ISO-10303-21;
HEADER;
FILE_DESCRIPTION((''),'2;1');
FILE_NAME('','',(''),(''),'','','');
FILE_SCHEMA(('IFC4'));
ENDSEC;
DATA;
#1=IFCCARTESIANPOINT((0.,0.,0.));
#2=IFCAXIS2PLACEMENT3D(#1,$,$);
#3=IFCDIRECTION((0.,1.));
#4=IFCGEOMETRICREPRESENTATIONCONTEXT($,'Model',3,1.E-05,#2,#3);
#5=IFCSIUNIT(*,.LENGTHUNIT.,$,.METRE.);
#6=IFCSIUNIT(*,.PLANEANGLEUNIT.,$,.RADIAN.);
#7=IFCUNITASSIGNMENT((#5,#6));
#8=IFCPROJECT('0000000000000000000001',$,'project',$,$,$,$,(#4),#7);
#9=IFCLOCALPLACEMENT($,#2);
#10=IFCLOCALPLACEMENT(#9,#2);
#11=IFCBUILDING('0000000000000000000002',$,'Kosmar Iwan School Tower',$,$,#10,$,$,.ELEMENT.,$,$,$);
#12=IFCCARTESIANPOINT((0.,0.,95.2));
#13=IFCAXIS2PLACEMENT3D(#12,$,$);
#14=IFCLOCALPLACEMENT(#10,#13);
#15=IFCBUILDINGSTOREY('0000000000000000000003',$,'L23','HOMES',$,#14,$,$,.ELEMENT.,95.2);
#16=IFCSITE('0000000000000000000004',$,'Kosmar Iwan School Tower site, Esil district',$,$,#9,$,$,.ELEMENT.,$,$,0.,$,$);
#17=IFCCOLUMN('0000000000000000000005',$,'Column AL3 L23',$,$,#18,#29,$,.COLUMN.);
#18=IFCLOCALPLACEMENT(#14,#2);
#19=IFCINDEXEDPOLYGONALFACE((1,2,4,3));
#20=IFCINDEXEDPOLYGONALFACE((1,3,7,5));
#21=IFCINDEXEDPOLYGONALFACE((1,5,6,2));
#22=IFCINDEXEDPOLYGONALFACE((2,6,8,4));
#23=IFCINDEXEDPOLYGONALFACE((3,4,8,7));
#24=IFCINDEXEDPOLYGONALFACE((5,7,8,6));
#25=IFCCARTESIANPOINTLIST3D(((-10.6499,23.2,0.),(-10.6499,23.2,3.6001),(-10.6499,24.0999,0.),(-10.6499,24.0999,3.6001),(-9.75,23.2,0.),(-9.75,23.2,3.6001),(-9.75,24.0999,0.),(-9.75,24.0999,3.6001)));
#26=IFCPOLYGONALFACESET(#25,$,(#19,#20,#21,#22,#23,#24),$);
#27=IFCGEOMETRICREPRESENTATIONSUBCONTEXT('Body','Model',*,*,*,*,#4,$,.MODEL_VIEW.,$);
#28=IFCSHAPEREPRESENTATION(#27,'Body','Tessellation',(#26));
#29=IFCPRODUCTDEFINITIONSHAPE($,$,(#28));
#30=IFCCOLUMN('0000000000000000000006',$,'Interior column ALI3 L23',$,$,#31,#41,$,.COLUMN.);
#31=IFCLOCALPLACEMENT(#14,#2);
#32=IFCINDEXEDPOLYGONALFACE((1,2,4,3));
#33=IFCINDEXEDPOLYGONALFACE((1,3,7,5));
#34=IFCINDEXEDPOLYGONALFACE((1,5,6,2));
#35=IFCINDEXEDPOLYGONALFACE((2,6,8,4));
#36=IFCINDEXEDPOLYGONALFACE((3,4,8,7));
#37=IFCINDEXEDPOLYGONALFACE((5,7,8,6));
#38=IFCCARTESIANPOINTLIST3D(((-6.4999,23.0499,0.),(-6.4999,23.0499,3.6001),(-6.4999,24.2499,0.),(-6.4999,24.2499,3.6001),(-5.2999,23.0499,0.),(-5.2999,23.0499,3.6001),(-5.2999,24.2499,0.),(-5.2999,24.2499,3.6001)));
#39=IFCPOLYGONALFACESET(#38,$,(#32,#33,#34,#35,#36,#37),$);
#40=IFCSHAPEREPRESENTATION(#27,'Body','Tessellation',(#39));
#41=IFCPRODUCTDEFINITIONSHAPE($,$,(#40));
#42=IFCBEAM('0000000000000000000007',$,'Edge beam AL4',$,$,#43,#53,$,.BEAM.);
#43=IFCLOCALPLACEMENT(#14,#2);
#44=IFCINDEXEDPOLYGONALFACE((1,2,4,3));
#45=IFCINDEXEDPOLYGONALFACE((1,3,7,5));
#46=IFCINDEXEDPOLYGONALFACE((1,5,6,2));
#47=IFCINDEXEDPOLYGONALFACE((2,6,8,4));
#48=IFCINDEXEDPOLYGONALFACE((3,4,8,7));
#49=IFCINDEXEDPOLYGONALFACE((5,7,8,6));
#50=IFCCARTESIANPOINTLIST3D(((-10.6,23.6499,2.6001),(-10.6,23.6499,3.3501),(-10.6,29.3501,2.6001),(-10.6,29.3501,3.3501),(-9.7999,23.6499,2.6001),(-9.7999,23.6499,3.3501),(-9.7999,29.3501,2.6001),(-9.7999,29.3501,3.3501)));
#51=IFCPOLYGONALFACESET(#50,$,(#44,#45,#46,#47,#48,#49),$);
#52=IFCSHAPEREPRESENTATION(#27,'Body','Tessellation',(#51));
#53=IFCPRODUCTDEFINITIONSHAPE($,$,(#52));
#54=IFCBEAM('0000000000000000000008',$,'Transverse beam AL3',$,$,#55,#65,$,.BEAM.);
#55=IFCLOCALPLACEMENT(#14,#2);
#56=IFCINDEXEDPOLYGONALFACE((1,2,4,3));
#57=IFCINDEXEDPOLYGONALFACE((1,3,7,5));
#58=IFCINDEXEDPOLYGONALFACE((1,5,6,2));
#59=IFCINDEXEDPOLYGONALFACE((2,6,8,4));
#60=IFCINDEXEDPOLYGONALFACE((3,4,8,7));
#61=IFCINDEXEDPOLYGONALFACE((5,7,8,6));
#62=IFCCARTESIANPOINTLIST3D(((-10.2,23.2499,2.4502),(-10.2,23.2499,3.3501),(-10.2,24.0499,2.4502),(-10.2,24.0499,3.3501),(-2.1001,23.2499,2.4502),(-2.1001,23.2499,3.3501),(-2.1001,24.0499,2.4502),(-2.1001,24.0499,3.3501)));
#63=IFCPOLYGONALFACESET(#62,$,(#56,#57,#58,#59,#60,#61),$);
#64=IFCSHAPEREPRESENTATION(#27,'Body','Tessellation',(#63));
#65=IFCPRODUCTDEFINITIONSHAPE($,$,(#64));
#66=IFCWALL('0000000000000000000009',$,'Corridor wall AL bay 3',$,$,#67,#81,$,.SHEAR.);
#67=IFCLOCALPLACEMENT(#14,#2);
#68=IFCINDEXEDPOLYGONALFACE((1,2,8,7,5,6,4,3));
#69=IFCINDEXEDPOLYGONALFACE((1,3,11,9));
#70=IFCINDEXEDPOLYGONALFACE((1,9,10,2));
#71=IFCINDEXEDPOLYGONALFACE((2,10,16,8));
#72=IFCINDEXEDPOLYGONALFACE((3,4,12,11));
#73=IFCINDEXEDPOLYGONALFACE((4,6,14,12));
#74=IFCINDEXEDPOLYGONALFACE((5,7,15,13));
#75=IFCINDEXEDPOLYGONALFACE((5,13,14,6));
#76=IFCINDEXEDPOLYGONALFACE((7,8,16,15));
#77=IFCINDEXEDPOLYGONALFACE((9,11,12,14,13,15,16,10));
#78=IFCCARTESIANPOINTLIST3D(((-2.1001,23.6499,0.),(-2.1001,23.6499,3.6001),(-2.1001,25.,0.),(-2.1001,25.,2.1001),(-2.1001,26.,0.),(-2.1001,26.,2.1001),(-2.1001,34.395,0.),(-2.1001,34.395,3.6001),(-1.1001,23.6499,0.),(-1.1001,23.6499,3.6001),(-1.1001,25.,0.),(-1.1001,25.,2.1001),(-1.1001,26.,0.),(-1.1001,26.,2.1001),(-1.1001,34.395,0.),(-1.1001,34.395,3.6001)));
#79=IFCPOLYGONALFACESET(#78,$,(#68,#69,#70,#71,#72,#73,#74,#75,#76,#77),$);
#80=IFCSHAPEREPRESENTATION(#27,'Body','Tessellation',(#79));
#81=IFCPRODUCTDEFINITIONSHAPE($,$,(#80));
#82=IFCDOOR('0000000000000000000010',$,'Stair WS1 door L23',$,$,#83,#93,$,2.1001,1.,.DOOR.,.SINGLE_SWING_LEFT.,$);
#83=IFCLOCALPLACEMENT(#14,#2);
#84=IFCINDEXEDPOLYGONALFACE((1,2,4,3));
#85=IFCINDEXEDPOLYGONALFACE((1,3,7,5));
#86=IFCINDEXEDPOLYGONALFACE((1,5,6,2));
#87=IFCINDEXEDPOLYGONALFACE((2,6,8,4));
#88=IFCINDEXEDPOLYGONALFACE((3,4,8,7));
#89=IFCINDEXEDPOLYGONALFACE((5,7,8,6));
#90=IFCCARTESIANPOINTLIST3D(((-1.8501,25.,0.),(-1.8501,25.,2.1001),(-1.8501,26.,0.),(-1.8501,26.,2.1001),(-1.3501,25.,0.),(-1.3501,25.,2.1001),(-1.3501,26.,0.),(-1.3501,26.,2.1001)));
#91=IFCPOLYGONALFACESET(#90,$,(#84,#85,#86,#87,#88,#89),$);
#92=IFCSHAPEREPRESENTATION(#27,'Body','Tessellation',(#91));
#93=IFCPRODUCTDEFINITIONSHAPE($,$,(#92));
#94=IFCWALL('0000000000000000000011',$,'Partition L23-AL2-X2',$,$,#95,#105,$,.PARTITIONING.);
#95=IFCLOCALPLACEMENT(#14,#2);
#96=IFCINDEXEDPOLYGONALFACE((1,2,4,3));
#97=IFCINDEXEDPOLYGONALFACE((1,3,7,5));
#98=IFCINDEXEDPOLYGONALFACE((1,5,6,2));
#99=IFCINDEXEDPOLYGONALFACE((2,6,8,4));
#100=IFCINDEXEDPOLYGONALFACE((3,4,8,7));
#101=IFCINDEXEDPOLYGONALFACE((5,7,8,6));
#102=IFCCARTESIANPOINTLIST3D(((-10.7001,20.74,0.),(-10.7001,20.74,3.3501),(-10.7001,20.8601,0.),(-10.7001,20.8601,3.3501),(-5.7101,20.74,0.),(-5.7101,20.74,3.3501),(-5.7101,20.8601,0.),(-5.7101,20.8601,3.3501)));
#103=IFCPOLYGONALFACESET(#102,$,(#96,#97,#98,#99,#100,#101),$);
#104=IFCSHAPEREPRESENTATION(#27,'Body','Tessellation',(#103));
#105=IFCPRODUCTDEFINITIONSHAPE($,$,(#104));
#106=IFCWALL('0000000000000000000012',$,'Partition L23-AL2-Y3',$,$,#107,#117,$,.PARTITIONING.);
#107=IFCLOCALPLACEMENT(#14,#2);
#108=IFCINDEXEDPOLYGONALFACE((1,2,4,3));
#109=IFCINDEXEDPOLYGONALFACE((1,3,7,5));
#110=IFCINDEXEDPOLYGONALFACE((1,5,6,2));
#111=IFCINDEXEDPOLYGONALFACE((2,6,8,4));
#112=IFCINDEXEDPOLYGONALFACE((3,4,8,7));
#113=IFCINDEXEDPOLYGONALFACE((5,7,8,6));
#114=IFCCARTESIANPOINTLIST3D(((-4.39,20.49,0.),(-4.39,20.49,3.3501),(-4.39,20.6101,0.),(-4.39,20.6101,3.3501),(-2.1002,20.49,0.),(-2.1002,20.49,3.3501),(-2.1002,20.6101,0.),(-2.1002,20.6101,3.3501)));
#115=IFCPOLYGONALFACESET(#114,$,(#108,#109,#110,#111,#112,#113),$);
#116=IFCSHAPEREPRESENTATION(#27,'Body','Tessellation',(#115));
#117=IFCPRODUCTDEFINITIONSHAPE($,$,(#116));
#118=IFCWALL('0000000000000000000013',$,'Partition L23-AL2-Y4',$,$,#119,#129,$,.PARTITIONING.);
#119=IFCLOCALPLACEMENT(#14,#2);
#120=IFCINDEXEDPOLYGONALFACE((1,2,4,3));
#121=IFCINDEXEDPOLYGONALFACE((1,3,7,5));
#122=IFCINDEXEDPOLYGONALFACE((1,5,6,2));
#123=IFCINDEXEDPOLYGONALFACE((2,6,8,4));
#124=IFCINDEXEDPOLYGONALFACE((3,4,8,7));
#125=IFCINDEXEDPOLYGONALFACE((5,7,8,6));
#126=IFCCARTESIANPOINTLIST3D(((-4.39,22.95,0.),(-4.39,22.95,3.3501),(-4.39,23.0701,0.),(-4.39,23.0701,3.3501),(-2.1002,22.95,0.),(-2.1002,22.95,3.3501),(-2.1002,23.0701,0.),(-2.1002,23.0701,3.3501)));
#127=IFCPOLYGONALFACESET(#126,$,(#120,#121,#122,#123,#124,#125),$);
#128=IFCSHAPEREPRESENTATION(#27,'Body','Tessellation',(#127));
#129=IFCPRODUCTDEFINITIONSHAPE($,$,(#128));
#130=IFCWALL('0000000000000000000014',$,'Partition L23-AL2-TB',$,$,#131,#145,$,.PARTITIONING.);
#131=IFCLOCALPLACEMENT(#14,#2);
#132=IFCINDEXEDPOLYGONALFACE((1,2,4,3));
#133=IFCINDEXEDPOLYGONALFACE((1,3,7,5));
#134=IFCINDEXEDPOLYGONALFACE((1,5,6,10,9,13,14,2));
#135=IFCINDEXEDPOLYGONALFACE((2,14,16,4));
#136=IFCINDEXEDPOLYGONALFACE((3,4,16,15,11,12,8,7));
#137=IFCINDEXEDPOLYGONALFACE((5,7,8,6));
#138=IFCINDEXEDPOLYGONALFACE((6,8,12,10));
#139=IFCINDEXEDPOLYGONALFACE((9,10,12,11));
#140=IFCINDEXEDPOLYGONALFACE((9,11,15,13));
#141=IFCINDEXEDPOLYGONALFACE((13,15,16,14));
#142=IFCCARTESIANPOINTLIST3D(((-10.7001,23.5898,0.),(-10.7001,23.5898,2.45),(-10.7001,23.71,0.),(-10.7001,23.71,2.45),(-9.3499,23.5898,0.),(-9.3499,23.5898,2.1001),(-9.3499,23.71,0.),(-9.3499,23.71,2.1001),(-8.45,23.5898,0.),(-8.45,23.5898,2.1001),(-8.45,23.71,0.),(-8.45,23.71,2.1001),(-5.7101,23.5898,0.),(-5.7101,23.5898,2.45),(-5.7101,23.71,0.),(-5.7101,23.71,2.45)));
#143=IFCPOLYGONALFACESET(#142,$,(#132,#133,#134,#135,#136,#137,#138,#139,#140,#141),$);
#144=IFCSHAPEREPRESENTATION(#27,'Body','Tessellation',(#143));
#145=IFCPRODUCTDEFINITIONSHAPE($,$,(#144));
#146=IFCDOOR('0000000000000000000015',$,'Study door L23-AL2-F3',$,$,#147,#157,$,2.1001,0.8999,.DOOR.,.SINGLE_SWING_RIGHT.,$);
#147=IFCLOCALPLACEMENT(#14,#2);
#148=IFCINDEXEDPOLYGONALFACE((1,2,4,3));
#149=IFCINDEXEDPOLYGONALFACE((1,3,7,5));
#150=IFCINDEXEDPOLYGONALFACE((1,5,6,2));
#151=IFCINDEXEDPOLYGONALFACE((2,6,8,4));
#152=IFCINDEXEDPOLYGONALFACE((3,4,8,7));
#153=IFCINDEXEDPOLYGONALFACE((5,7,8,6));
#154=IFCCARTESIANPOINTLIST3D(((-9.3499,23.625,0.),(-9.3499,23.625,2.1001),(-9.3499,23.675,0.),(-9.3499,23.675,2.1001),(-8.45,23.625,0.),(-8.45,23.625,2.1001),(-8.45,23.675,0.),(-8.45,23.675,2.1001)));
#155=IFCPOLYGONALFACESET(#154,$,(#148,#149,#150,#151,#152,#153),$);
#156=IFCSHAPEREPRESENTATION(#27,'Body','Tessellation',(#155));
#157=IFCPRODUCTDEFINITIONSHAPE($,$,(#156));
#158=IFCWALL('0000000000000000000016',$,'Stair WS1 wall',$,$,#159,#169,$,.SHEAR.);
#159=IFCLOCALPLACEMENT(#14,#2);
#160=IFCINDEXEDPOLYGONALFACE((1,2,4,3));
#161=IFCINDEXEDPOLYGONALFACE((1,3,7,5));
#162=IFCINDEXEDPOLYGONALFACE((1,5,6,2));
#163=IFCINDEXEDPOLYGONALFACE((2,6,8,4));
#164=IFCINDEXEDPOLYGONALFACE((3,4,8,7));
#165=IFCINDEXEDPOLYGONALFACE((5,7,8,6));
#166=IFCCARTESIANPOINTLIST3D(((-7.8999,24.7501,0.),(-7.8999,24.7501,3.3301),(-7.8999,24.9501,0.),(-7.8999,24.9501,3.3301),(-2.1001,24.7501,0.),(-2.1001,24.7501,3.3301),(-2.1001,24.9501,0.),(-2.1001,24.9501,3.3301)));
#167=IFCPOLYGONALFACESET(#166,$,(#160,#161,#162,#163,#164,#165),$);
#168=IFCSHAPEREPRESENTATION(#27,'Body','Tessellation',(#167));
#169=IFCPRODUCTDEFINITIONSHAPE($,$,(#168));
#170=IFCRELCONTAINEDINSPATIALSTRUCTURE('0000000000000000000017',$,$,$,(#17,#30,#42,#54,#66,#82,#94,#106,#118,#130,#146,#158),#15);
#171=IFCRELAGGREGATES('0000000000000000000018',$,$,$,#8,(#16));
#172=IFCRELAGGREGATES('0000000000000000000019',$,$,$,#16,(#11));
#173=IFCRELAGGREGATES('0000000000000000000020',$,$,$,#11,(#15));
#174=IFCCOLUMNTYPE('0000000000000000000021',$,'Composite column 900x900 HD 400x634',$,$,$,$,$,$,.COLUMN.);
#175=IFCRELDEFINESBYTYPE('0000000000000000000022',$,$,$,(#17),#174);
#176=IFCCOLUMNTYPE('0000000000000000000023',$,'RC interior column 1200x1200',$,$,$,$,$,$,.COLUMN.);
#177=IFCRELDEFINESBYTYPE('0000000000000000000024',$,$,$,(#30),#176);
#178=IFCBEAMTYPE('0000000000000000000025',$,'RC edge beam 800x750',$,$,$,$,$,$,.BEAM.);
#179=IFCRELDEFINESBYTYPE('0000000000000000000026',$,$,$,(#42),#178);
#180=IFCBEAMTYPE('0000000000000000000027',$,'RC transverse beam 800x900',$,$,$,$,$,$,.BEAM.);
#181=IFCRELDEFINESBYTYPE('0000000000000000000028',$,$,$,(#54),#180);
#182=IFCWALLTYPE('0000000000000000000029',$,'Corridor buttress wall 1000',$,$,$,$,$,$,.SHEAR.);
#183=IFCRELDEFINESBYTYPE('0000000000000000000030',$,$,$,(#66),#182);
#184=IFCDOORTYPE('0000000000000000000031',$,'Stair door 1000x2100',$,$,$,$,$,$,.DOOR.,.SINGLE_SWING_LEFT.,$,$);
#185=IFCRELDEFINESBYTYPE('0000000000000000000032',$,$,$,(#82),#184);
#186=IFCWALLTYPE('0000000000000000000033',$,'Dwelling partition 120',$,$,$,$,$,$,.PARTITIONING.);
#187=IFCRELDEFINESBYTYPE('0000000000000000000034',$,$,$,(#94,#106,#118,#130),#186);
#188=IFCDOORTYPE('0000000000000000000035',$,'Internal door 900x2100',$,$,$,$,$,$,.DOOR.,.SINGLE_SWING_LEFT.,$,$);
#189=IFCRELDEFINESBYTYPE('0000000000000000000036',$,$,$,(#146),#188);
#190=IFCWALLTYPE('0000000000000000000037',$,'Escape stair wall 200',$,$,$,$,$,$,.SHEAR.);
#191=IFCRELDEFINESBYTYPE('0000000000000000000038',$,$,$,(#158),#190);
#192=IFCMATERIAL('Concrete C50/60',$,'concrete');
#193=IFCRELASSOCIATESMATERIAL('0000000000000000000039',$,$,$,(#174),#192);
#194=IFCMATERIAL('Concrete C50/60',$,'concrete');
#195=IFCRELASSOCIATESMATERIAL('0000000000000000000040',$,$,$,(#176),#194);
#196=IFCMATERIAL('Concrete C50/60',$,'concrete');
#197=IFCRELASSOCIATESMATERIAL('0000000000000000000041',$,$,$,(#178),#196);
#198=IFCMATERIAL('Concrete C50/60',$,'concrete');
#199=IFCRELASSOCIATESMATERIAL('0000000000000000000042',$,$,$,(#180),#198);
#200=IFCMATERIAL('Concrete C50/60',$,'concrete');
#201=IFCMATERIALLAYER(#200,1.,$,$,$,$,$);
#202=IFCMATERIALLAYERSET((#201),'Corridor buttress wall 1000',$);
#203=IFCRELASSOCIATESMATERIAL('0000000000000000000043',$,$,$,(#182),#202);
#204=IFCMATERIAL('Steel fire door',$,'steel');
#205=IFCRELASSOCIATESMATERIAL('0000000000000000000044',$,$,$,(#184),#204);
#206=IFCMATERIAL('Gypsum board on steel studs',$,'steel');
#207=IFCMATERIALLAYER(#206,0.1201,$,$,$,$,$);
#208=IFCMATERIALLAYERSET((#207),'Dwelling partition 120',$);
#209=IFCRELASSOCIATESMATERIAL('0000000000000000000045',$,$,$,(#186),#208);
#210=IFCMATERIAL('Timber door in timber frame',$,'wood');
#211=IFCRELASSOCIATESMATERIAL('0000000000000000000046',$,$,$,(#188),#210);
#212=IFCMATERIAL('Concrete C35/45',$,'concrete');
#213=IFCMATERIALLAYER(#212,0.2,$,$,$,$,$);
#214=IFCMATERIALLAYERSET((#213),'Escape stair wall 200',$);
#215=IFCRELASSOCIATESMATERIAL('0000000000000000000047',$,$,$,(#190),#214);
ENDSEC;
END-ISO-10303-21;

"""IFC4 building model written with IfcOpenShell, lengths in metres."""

from ifc_helpers import new_model, si_unit, direction, frame, frame_2d, origin, origin_2d, place, context, subcontext, project, spatial, rectangle, extrude, material, layer, layer_set, material_profile, profile_set, type_object, element, fill, save


model = new_model("IFC4")

# Units and contexts
model_context = context("Model", 3, precision=1e-05, world=origin(), true_north=direction((0.0, 1.0)))
body_context = subcontext(model_context, "Body", "Model", "MODEL_VIEW")
ifc_project = project(units=[si_unit("LENGTHUNIT", "METRE"), si_unit("PLANEANGLEUNIT", "RADIAN")], contexts=[model_context])

# Site, building, storey
site_placement = place(None, origin())
site = spatial("IfcSite", under=ifc_project, at=site_placement, Name="Kosmar Iwan School Tower site, Esil district", CompositionType="ELEMENT", RefElevation=0.0)
building_placement = place(site_placement, origin())
building = spatial("IfcBuilding", under=site, at=building_placement, Name="Kosmar Iwan School Tower", CompositionType="ELEMENT")
storey_placement = place(building_placement, frame((0.0, 0.0, 95.2)))
storey = spatial("IfcBuildingStorey", under=building, at=storey_placement, Name="L23", Description="HOMES", CompositionType="ELEMENT", Elevation=95.2)

# Columns
ifc_material_1 = material(Name="Concrete C50/60", Category="concrete")
ifc_material_profile_1 = material_profile(ifc_material_1, rectangle(XDim=0.8999, YDim=0.8999, at=origin_2d()), Name="RC 900x900 + HD 400x634")
ifc_profile_set_1 = profile_set([ifc_material_profile_1], Name="Concrete C50/60")
column_type_1 = type_object("IfcColumnType", Name="Composite column 900x900 HD 400x634", PredefinedType="COLUMN", material=ifc_profile_set_1)
column_1_placement = place(storey_placement, frame((-10.2, 23.6499, 0.0), z_axis=(0.0, 0.0, 1.0), x_axis=(0.0, 1.0, 0.0)))
element("IfcColumn", 1, at=column_1_placement, inside=storey, type_object=column_type_1, Name="Column AL3 L23", PredefinedType="COLUMN", context=body_context, shape_type="SweptSolid", body=[
    extrude(rectangle(XDim=0.8999, YDim=0.8999, at=origin_2d()), origin(), (0.0, 0.0, 1.0), 3.6001),
])
ifc_material_2 = material(Name="Concrete C50/60", Category="concrete")
ifc_material_profile_2 = material_profile(ifc_material_2, rectangle(XDim=1.2, YDim=1.2, at=origin_2d()), Name="RC 1200x1200")
ifc_profile_set_2 = profile_set([ifc_material_profile_2], Name="Concrete C50/60")
column_type_2 = type_object("IfcColumnType", Name="RC interior column 1200x1200", PredefinedType="COLUMN", material=ifc_profile_set_2)
column_2_placement = place(storey_placement, frame((-5.8999, 23.6499, 0.0), z_axis=(0.0, 0.0, 1.0), x_axis=(0.0, 1.0, 0.0)))
element("IfcColumn", 2, at=column_2_placement, inside=storey, type_object=column_type_2, Name="Interior column ALI3 L23", PredefinedType="COLUMN", context=body_context, shape_type="SweptSolid", body=[
    extrude(rectangle(XDim=1.2, YDim=1.2, at=origin_2d()), origin(), (0.0, 0.0, 1.0), 3.6001),
])

# Beams
ifc_material_3 = material(Name="Concrete C50/60", Category="concrete")
ifc_material_profile_3 = material_profile(ifc_material_3, rectangle(XDim=0.8, YDim=0.75, at=origin_2d()), Name="RC 800x750")
ifc_profile_set_3 = profile_set([ifc_material_profile_3], Name="Concrete C50/60")
beam_type_1 = type_object("IfcBeamType", Name="RC edge beam 800x750", PredefinedType="BEAM", material=ifc_profile_set_3)
beam_1_placement = place(storey_placement, frame((-10.2, 23.6499, 2.9751), z_axis=(0.0, 1.0, 0.0), x_axis=(-1.0, 0.0, 0.0)))
element("IfcBeam", 3, at=beam_1_placement, inside=storey, type_object=beam_type_1, Name="Edge beam AL4", PredefinedType="BEAM", context=body_context, shape_type="SweptSolid", body=[
    extrude(rectangle(XDim=0.8, YDim=0.75, at=origin_2d()), origin(), (0.0, 0.0, 1.0), 5.7002),
])
ifc_material_4 = material(Name="Concrete C50/60", Category="concrete")
ifc_material_profile_4 = material_profile(ifc_material_4, rectangle(XDim=0.8, YDim=0.8999, at=origin_2d()), Name="RC 800x900")
ifc_profile_set_4 = profile_set([ifc_material_profile_4], Name="Concrete C50/60")
beam_type_2 = type_object("IfcBeamType", Name="RC transverse beam 800x900", PredefinedType="BEAM", material=ifc_profile_set_4)
beam_2_placement = place(storey_placement, frame((-10.2, 23.6499, 2.9001), z_axis=(1.0, 0.0, 0.0), x_axis=(0.0, 1.0, 0.0)))
element("IfcBeam", 4, at=beam_2_placement, inside=storey, type_object=beam_type_2, Name="Transverse beam AL3", PredefinedType="BEAM", context=body_context, shape_type="SweptSolid", body=[
    extrude(rectangle(XDim=0.8, YDim=0.8999, at=origin_2d()), origin(), (0.0, 0.0, 1.0), 8.0999),
])

# Wall, opening, door
ifc_material_5 = material(Name="Concrete C50/60", Category="concrete")
ifc_layer_1 = layer(ifc_material_5, 1.0)
ifc_layer_set_1 = layer_set([ifc_layer_1], Name="Corridor buttress wall 1000")
wall_type_1 = type_object("IfcWallType", Name="Corridor buttress wall 1000", PredefinedType="SHEAR", material=ifc_layer_set_1)
wall_1_placement = place(storey_placement, frame((-1.6001, 23.6499, 0.0), z_axis=(0.0, 0.0, 1.0), x_axis=(0.0, 1.0, 0.0)))
wall_1 = element("IfcWall", 5, at=wall_1_placement, inside=storey, type_object=wall_type_1, Name="Corridor wall AL bay 3", PredefinedType="SHEAR", context=body_context, shape_type="SweptSolid", body=[
    extrude(rectangle(XDim=10.7451, YDim=1.0, at=frame_2d((5.3726, 0.0))), origin(), (0.0, 0.0, 1.0), 3.6001),
])
opening_1_placement = place(wall_1_placement, frame((1.3501, 0.0, 0.0)))
opening_1 = element("IfcOpeningElement", 6, at=opening_1_placement, cuts=wall_1, PredefinedType="OPENING", context=body_context, shape_type="SweptSolid", body=[
    extrude(rectangle(XDim=1.0, YDim=2.1001, at=frame_2d((0.5, 1.05))), frame((0.0, 0.512, 0.0), z_axis=(0.0, -1.0, 0.0), x_axis=(1.0, 0.0, 0.0)), (0.0, 0.0, 1.0), 1.0239),
])
ifc_material_6 = material(Name="Steel fire door", Category="steel")
door_type_1 = type_object("IfcDoorType", Name="Stair door 1000x2100", OperationType="SINGLE_SWING_LEFT", PredefinedType="DOOR", material=ifc_material_6)
door_1_placement = place(opening_1_placement, origin())
door_1 = element("IfcDoor", 7, at=door_1_placement, inside=storey, type_object=door_type_1, Name="Stair WS1 door L23", OperationType="SINGLE_SWING_LEFT", OverallHeight=2.1001, OverallWidth=1.0, PredefinedType="DOOR", context=body_context, shape_type="SweptSolid", body=[
    extrude(rectangle(XDim=1.0, YDim=2.1001, at=frame_2d((0.5, 1.05))), frame((0.0, 0.25, 0.0), z_axis=(0.0, -1.0, 0.0), x_axis=(1.0, 0.0, 0.0)), (0.0, 0.0, 1.0), 0.5),
])
fill(opening_1, door_1)

# Walls
ifc_material_7 = material(Name="Gypsum board on steel studs", Category="steel")
ifc_layer_2 = layer(ifc_material_7, 0.1201)
ifc_layer_set_2 = layer_set([ifc_layer_2], Name="Dwelling partition 120")
wall_type_2 = type_object("IfcWallType", Name="Dwelling partition 120", PredefinedType="PARTITIONING", material=ifc_layer_set_2)
wall_2_placement = place(storey_placement, frame((-5.71, 20.8, 0.0), z_axis=(0.0, 0.0, 1.0), x_axis=(-1.0, 0.0, 0.0)))
element("IfcWall", 8, at=wall_2_placement, inside=storey, type_object=wall_type_2, Name="Partition L23-AL2-X2", PredefinedType="PARTITIONING", context=body_context, shape_type="SweptSolid", body=[
    extrude(rectangle(XDim=4.99, YDim=0.1201, at=frame_2d((2.4951, 0.0))), origin(), (0.0, 0.0, 1.0), 3.3501),
])
for number, where, z_axis, x_axis, name in (
    (9, (-2.1001, 20.55, 0.0), (0.0, 0.0, 1.0), (-1.0, 0.0, 0.0), "Partition L23-AL2-Y3"),
    (10, (-2.1001, 23.01, 0.0), (0.0, 0.0, 1.0), (-1.0, 0.0, 0.0), "Partition L23-AL2-Y4"),
):
    element("IfcWall", number, at=place(storey_placement, frame(where, z_axis=z_axis, x_axis=x_axis)), inside=storey, type_object=wall_type_2, Name=name, PredefinedType="PARTITIONING", context=body_context, shape_type="SweptSolid", body=[
        extrude(rectangle(XDim=2.2898, YDim=0.1201, at=frame_2d((1.145, 0.0))), origin(), (0.0, 0.0, 1.0), 3.3501),
    ])

# Wall, opening, door
wall_3_placement = place(storey_placement, frame((-5.71, 23.6499, 0.0), z_axis=(0.0, 0.0, 1.0), x_axis=(-1.0, 0.0, 0.0)))
wall_3 = element("IfcWall", 11, at=wall_3_placement, inside=storey, type_object=wall_type_2, Name="Partition L23-AL2-TB", PredefinedType="PARTITIONING", context=body_context, shape_type="SweptSolid", body=[
    extrude(rectangle(XDim=4.99, YDim=0.1201, at=frame_2d((2.4951, 0.0))), origin(), (0.0, 0.0, 1.0), 2.45),
])
opening_2_placement = place(wall_3_placement, frame((2.74, 0.0, 0.0)))
opening_2 = element("IfcOpeningElement", 12, at=opening_2_placement, cuts=wall_3, PredefinedType="OPENING", context=body_context, shape_type="SweptSolid", body=[
    extrude(rectangle(XDim=0.8999, YDim=2.1001, at=frame_2d((0.45, 1.05))), frame((0.0, 0.072, 0.0), z_axis=(0.0, -1.0, 0.0), x_axis=(1.0, 0.0, 0.0)), (0.0, 0.0, 1.0), 0.144),
])
ifc_material_8 = material(Name="Timber door in timber frame", Category="wood")
door_type_2 = type_object("IfcDoorType", Name="Internal door 900x2100", OperationType="SINGLE_SWING_LEFT", PredefinedType="DOOR", material=ifc_material_8)
door_2_placement = place(opening_2_placement, origin())
door_2 = element("IfcDoor", 13, at=door_2_placement, inside=storey, type_object=door_type_2, Name="Study door L23-AL2-F3", OperationType="SINGLE_SWING_RIGHT", OverallHeight=2.1001, OverallWidth=0.8999, PredefinedType="DOOR", context=body_context, shape_type="SweptSolid", body=[
    extrude(rectangle(XDim=0.8999, YDim=2.1001, at=frame_2d((0.45, 1.05))), frame((0.0, 0.0249, 0.0), z_axis=(0.0, -1.0, 0.0), x_axis=(1.0, 0.0, 0.0)), (0.0, 0.0, 1.0), 0.05),
])
fill(opening_2, door_2)

# Wall
ifc_material_9 = material(Name="Concrete C35/45", Category="concrete")
ifc_layer_3 = layer(ifc_material_9, 0.2)
ifc_layer_set_3 = layer_set([ifc_layer_3], Name="Escape stair wall 200")
wall_type_3 = type_object("IfcWallType", Name="Escape stair wall 200", PredefinedType="SHEAR", material=ifc_layer_set_3)
wall_4_placement = place(storey_placement, frame((-2.1001, 24.8501, 0.0), z_axis=(0.0, 0.0, 1.0), x_axis=(-1.0, 0.0, 0.0)))
element("IfcWall", 14, at=wall_4_placement, inside=storey, type_object=wall_type_3, Name="Stair WS1 wall", PredefinedType="SHEAR", context=body_context, shape_type="SweptSolid", body=[
    extrude(rectangle(XDim=5.7998, YDim=0.2, at=frame_2d((2.8999, 0.0))), origin(), (0.0, 0.0, 1.0), 3.3301),
])

save(model, "model.ifc")
